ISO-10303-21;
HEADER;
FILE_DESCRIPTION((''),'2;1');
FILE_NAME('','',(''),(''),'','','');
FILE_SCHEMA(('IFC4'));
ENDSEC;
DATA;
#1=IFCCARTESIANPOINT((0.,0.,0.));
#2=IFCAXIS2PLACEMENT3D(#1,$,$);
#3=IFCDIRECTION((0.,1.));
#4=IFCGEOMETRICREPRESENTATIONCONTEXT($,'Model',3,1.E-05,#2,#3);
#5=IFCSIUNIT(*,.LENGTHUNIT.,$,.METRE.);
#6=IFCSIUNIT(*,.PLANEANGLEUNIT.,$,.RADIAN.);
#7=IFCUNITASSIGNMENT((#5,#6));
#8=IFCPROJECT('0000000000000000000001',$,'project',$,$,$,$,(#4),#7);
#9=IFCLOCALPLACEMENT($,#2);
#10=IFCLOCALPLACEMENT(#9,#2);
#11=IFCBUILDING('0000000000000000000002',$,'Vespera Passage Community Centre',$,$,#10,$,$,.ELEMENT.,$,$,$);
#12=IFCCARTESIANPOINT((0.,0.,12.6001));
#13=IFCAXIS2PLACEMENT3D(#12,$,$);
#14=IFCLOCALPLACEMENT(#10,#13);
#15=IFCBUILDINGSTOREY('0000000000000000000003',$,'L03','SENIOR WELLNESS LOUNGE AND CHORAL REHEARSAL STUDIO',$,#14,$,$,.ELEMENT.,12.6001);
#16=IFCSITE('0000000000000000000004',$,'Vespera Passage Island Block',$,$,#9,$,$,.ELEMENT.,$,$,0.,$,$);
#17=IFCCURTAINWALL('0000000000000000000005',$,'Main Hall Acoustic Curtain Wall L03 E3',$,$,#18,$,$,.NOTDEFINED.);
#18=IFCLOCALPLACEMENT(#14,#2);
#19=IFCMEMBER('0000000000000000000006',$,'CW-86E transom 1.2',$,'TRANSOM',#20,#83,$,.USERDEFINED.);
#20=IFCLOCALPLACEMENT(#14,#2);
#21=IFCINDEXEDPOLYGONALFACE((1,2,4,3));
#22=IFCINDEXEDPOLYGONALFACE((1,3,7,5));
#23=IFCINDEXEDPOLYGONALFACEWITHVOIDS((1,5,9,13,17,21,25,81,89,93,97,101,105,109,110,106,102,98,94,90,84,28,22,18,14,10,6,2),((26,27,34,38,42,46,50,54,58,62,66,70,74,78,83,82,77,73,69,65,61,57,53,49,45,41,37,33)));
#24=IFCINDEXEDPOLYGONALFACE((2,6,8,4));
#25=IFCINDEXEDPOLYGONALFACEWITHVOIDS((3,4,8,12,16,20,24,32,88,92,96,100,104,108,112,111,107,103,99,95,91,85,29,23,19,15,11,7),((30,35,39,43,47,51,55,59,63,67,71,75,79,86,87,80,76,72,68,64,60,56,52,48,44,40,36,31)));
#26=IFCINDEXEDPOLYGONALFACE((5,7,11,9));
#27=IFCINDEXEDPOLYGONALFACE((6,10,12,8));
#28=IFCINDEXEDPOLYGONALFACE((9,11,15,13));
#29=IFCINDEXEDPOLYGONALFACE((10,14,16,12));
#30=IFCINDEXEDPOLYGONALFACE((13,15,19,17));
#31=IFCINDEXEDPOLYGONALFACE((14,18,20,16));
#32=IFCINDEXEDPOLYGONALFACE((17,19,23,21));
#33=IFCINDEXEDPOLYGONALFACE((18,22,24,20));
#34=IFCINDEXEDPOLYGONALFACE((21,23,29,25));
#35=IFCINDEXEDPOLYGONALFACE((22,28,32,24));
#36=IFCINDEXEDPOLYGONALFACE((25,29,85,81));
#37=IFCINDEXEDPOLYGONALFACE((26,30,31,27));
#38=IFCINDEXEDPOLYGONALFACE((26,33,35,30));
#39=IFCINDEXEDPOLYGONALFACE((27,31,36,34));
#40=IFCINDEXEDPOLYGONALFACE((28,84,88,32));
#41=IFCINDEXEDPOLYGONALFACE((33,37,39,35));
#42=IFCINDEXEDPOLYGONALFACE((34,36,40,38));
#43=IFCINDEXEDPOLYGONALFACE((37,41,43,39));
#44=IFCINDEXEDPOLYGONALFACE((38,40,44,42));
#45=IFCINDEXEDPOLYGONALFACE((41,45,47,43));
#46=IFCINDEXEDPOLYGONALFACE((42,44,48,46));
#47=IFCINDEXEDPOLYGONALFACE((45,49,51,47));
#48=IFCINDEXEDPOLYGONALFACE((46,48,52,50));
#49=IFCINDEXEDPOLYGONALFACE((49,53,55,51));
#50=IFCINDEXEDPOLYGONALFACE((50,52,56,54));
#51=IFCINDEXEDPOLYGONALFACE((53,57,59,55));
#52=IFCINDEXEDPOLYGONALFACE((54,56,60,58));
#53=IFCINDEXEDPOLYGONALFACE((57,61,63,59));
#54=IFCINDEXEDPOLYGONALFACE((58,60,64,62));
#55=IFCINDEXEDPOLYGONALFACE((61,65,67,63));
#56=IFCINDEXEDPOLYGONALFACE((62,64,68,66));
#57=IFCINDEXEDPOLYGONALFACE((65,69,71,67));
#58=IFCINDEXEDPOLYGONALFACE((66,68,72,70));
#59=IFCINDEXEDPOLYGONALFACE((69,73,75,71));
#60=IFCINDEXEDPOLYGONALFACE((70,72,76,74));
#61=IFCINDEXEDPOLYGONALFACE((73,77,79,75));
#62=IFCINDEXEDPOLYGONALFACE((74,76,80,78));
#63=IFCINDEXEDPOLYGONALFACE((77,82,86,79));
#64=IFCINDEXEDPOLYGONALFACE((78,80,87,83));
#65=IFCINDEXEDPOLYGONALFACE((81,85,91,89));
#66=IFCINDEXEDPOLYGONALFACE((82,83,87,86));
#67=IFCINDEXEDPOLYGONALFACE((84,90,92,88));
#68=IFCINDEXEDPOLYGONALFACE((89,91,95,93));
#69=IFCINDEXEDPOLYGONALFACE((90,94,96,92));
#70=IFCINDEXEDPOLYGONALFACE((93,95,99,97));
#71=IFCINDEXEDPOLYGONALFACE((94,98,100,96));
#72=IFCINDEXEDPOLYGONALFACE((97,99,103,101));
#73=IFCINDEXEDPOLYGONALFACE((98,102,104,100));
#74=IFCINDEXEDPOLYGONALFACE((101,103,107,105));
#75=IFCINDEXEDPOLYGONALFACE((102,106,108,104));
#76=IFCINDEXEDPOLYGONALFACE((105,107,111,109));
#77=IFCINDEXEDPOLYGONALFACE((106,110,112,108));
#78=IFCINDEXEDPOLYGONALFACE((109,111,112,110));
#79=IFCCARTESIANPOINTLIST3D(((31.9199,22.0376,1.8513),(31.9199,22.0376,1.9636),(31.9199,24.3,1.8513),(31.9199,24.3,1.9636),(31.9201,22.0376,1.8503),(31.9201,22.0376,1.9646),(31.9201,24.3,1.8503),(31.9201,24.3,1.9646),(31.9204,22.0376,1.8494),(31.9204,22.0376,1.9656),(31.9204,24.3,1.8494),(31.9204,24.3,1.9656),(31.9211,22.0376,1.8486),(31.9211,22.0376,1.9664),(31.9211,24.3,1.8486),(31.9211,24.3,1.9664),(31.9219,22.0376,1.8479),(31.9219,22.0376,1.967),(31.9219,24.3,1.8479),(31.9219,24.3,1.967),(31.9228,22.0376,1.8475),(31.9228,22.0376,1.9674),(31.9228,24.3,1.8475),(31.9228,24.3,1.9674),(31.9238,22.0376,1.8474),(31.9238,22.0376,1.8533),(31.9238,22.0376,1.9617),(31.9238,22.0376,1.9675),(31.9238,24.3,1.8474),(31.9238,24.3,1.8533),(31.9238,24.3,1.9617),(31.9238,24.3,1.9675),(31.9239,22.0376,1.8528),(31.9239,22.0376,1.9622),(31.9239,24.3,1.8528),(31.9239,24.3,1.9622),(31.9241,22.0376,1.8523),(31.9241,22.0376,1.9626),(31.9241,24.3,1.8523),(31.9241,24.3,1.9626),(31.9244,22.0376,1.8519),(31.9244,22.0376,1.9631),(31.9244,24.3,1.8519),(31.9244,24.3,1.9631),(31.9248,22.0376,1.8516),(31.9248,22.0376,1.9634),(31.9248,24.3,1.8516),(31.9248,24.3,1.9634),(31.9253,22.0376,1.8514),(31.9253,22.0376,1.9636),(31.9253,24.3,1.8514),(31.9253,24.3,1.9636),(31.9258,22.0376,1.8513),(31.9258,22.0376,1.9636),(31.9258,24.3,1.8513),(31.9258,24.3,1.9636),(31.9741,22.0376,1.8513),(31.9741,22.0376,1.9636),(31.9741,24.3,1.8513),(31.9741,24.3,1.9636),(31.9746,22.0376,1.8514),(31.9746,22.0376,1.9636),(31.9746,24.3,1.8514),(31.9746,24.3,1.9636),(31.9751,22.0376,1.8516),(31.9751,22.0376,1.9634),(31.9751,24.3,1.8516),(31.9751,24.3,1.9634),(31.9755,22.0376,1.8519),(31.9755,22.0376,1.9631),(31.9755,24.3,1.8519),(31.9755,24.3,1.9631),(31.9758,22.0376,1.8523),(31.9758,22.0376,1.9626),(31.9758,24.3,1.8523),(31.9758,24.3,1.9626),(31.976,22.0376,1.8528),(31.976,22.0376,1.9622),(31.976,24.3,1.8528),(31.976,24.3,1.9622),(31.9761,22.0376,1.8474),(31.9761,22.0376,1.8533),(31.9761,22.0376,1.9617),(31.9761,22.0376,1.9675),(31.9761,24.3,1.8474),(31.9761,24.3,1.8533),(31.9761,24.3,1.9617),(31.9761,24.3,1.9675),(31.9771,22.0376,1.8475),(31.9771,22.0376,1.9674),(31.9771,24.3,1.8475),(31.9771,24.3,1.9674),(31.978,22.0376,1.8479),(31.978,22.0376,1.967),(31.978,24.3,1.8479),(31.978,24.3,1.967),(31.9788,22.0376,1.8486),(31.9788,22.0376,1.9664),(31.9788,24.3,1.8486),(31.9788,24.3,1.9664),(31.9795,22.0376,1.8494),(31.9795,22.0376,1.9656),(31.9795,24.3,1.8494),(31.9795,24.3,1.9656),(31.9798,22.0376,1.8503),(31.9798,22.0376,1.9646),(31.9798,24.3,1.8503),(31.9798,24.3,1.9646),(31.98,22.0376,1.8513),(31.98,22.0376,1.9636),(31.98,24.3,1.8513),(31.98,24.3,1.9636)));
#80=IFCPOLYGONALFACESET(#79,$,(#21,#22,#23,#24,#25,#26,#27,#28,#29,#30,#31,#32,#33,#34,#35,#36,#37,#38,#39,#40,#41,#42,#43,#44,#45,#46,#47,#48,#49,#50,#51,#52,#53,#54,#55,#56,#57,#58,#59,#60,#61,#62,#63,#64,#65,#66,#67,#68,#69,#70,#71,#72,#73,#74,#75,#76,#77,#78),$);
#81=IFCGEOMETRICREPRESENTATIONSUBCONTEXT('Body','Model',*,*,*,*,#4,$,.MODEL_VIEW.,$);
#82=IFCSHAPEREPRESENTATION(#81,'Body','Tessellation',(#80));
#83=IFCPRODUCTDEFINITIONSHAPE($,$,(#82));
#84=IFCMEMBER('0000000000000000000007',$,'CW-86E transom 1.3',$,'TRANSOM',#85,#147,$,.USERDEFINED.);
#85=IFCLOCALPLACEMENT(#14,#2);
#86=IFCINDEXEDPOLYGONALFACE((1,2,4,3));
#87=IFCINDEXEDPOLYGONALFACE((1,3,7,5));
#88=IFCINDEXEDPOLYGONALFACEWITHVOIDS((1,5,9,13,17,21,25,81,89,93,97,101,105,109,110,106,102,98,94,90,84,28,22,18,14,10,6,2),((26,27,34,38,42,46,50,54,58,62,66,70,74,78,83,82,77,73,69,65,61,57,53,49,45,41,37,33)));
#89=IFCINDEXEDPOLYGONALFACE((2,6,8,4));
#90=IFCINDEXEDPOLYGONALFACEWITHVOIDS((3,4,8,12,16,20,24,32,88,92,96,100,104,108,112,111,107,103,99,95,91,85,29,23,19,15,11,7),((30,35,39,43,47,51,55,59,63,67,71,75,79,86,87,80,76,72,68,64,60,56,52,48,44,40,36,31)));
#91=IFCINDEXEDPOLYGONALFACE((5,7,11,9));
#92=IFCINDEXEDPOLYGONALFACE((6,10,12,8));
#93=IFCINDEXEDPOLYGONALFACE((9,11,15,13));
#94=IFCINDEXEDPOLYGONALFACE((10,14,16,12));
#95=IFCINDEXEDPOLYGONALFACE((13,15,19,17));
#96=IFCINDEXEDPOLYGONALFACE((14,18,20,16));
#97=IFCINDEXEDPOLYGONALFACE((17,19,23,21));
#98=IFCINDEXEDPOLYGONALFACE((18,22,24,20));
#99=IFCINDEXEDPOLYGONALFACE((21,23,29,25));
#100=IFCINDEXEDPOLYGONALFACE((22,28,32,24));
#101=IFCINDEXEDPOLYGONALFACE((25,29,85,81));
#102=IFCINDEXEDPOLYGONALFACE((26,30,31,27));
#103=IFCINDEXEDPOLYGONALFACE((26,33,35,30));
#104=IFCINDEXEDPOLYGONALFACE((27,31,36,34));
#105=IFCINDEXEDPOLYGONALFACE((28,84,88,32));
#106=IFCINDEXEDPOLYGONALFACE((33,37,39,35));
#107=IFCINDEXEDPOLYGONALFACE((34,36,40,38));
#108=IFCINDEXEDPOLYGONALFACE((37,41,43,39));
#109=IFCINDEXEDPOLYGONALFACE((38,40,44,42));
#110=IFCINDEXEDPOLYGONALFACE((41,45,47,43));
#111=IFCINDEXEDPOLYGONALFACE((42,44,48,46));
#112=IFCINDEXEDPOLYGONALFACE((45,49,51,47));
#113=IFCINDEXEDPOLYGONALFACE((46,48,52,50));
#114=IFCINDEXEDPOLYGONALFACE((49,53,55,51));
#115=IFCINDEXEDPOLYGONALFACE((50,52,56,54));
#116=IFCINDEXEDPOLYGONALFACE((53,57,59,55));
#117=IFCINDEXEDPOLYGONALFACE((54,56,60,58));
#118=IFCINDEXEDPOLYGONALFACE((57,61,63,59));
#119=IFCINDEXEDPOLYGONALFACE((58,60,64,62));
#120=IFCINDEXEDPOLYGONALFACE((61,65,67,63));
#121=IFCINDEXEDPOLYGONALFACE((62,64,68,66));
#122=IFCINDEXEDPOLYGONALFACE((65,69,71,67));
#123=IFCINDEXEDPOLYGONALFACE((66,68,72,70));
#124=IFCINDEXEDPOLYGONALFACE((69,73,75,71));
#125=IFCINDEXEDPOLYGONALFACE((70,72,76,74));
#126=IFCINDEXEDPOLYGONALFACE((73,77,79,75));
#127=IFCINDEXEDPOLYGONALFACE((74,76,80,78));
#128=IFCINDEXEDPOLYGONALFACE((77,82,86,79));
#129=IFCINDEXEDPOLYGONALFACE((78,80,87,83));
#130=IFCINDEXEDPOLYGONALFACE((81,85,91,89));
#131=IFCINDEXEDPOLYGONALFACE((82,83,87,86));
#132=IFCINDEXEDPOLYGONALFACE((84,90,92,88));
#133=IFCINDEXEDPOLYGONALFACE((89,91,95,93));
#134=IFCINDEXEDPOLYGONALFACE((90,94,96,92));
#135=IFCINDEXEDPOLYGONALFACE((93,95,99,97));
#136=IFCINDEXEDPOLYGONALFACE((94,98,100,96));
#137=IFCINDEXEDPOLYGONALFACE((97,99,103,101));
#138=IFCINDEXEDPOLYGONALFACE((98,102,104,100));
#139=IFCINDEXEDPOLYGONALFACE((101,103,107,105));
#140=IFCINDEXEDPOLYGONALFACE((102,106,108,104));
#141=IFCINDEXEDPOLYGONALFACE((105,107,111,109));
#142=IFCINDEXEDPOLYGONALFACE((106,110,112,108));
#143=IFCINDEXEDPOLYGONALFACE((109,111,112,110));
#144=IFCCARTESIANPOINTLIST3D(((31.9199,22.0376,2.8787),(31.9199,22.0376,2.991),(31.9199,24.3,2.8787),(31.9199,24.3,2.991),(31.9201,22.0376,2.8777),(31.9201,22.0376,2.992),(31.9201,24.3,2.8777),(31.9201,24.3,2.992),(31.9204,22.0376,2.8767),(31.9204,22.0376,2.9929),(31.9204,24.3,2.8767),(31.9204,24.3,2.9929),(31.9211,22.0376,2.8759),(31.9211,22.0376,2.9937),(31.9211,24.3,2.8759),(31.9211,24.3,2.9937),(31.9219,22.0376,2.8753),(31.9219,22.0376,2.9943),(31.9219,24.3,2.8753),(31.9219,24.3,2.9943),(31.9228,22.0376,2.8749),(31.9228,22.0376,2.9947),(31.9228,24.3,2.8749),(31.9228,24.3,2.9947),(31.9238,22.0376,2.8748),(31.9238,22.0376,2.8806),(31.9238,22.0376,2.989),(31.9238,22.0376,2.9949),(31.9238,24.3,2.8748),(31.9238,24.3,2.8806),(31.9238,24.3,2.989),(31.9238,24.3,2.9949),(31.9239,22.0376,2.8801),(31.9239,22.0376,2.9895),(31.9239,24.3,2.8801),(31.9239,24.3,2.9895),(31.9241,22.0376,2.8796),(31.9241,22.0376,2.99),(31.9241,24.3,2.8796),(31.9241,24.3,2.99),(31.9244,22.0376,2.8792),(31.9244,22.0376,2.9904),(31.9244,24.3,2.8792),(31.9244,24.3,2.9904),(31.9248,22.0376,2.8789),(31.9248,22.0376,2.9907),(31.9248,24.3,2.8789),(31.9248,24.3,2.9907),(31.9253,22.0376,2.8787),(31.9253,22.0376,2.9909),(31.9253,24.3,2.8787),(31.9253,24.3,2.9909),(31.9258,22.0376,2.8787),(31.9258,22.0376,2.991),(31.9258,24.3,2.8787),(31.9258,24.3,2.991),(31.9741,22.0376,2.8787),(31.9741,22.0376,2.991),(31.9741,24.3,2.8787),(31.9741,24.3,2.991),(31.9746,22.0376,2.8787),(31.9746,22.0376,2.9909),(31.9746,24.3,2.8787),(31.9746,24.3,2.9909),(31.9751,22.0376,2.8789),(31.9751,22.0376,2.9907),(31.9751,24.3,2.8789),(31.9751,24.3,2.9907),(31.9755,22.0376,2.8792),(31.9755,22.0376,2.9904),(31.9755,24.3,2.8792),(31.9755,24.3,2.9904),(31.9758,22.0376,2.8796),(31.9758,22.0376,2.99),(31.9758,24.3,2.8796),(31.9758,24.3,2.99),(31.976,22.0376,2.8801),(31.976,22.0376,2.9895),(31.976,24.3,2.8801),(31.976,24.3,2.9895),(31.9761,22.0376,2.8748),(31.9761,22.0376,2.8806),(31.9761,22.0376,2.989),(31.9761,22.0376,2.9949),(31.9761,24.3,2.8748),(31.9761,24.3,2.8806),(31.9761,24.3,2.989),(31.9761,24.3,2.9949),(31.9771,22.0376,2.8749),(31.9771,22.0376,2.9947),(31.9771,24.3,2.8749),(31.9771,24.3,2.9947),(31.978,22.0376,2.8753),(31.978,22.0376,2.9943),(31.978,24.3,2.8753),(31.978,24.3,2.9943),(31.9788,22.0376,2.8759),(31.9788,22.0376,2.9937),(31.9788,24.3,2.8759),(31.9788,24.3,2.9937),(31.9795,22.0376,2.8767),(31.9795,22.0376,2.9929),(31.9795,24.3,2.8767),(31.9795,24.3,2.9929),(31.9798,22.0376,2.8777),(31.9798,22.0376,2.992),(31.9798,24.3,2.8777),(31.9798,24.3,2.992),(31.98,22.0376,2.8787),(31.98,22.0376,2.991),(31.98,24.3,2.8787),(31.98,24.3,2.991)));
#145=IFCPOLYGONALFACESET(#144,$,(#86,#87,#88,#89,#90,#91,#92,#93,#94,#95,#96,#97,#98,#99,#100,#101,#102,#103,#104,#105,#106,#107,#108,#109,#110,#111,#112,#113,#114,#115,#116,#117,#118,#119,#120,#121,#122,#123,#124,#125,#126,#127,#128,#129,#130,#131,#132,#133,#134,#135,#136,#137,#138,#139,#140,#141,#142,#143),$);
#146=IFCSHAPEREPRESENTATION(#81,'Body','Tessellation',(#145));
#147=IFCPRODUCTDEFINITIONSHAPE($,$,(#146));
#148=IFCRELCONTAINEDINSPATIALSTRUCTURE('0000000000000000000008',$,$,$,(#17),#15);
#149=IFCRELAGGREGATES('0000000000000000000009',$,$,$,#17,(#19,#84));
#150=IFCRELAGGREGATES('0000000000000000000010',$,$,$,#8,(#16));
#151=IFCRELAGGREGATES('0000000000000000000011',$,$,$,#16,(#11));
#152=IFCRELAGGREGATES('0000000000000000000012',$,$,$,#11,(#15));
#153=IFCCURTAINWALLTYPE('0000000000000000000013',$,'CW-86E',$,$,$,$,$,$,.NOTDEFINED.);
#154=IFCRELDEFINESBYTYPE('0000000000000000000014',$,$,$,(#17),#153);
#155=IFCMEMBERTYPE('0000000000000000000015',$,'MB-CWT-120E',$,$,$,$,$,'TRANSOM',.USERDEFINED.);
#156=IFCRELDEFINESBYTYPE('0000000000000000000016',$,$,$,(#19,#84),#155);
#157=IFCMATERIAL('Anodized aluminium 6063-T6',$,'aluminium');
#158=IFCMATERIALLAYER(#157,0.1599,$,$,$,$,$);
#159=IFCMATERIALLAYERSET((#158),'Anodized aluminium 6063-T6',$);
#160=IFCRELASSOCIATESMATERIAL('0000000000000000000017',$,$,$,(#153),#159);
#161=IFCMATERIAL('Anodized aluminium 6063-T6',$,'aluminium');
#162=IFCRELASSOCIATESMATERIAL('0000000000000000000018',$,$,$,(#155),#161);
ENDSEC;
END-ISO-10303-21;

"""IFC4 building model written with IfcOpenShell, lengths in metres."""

from ifc_helpers import new_model, si_unit, direction, frame, origin, origin_2d, place, context, subcontext, project, spatial, hollow_rectangle, extrude, material, layer, layer_set, material_profile, profile_set, type_object, element, aggregate, save


model = new_model("IFC4")

# Units and contexts
model_context = context("Model", 3, precision=1e-05, world=origin(), true_north=direction((0.0, 1.0)))
body_context = subcontext(model_context, "Body", "Model", "MODEL_VIEW")
ifc_project = project(units=[si_unit("LENGTHUNIT", "METRE"), si_unit("PLANEANGLEUNIT", "RADIAN")], contexts=[model_context])

# Site, building, storey
site_placement = place(None, origin())
site = spatial("IfcSite", under=ifc_project, at=site_placement, Name="Vespera Passage Island Block", CompositionType="ELEMENT", RefElevation=0.0)
building_placement = place(site_placement, origin())
building = spatial("IfcBuilding", under=site, at=building_placement, Name="Vespera Passage Community Centre", CompositionType="ELEMENT")
storey_placement = place(building_placement, frame((0.0, 0.0, 12.6001)))
storey = spatial("IfcBuildingStorey", under=building, at=storey_placement, Name="L03", Description="SENIOR WELLNESS LOUNGE AND CHORAL REHEARSAL STUDIO", CompositionType="ELEMENT", Elevation=12.6001)

# Curtain wall
ifc_material_1 = material(Name="Anodized aluminium 6063-T6", Category="aluminium")
ifc_layer_1 = layer(ifc_material_1, 0.1599)
ifc_layer_set_1 = layer_set([ifc_layer_1], Name="Anodized aluminium 6063-T6")
curtain_wall_type = type_object("IfcCurtainWallType", Name="CW-86E", PredefinedType="NOTDEFINED", material=ifc_layer_set_1)
curtain_wall_1_placement = place(storey_placement, origin())
curtain_wall_1 = element("IfcCurtainWall", 1, at=curtain_wall_1_placement, inside=storey, type_object=curtain_wall_type, Name="Main Hall Acoustic Curtain Wall L03 E3", PredefinedType="NOTDEFINED")

# Members
ifc_material_2 = material(Name="Anodized aluminium 6063-T6", Category="aluminium")
ifc_material_profile_1 = material_profile(ifc_material_2, hollow_rectangle(XDim=0.0601, YDim=0.1201, WallThickness=0.0039, InnerFilletRadius=0.002, OuterFilletRadius=0.0039, at=origin_2d()), Name="ALU120X60X4")
ifc_profile_set_1 = profile_set([ifc_material_profile_1], Name="Anodized aluminium 6063-T6")
member_type_1 = type_object("IfcMemberType", Name="MB-CWT-120E", ElementType="TRANSOM", PredefinedType="USERDEFINED", material=ifc_profile_set_1)
member_1_placement = place(storey_placement, frame((31.95, 24.3, 1.9075), z_axis=(0.0, -1.0, 0.0), x_axis=(1.0, 0.0, 0.0)))
member_1 = element("IfcMember", 2, at=member_1_placement, type_object=member_type_1, Name="CW-86E transom 1.2", ObjectType="TRANSOM", PredefinedType="USERDEFINED", context=body_context, shape_type="SweptSolid", body=[
    extrude(hollow_rectangle(XDim=0.0601, YDim=0.1201, WallThickness=0.0039, InnerFilletRadius=0.002, OuterFilletRadius=0.0039, at=origin_2d()), origin(), (0.0, 0.0, 1.0), 2.2625),
])
member_2_placement = place(storey_placement, frame((31.95, 24.3, 2.9348), z_axis=(0.0, -1.0, 0.0), x_axis=(1.0, 0.0, 0.0)))
member_2 = element("IfcMember", 3, at=member_2_placement, type_object=member_type_1, Name="CW-86E transom 1.3", ObjectType="TRANSOM", PredefinedType="USERDEFINED", context=body_context, shape_type="SweptSolid", body=[
    extrude(hollow_rectangle(XDim=0.0601, YDim=0.1201, WallThickness=0.0039, InnerFilletRadius=0.002, OuterFilletRadius=0.0039, at=origin_2d()), origin(), (0.0, 0.0, 1.0), 2.2625),
])

aggregate(curtain_wall_1, [member_1, member_2])

save(model, "model.ifc")
